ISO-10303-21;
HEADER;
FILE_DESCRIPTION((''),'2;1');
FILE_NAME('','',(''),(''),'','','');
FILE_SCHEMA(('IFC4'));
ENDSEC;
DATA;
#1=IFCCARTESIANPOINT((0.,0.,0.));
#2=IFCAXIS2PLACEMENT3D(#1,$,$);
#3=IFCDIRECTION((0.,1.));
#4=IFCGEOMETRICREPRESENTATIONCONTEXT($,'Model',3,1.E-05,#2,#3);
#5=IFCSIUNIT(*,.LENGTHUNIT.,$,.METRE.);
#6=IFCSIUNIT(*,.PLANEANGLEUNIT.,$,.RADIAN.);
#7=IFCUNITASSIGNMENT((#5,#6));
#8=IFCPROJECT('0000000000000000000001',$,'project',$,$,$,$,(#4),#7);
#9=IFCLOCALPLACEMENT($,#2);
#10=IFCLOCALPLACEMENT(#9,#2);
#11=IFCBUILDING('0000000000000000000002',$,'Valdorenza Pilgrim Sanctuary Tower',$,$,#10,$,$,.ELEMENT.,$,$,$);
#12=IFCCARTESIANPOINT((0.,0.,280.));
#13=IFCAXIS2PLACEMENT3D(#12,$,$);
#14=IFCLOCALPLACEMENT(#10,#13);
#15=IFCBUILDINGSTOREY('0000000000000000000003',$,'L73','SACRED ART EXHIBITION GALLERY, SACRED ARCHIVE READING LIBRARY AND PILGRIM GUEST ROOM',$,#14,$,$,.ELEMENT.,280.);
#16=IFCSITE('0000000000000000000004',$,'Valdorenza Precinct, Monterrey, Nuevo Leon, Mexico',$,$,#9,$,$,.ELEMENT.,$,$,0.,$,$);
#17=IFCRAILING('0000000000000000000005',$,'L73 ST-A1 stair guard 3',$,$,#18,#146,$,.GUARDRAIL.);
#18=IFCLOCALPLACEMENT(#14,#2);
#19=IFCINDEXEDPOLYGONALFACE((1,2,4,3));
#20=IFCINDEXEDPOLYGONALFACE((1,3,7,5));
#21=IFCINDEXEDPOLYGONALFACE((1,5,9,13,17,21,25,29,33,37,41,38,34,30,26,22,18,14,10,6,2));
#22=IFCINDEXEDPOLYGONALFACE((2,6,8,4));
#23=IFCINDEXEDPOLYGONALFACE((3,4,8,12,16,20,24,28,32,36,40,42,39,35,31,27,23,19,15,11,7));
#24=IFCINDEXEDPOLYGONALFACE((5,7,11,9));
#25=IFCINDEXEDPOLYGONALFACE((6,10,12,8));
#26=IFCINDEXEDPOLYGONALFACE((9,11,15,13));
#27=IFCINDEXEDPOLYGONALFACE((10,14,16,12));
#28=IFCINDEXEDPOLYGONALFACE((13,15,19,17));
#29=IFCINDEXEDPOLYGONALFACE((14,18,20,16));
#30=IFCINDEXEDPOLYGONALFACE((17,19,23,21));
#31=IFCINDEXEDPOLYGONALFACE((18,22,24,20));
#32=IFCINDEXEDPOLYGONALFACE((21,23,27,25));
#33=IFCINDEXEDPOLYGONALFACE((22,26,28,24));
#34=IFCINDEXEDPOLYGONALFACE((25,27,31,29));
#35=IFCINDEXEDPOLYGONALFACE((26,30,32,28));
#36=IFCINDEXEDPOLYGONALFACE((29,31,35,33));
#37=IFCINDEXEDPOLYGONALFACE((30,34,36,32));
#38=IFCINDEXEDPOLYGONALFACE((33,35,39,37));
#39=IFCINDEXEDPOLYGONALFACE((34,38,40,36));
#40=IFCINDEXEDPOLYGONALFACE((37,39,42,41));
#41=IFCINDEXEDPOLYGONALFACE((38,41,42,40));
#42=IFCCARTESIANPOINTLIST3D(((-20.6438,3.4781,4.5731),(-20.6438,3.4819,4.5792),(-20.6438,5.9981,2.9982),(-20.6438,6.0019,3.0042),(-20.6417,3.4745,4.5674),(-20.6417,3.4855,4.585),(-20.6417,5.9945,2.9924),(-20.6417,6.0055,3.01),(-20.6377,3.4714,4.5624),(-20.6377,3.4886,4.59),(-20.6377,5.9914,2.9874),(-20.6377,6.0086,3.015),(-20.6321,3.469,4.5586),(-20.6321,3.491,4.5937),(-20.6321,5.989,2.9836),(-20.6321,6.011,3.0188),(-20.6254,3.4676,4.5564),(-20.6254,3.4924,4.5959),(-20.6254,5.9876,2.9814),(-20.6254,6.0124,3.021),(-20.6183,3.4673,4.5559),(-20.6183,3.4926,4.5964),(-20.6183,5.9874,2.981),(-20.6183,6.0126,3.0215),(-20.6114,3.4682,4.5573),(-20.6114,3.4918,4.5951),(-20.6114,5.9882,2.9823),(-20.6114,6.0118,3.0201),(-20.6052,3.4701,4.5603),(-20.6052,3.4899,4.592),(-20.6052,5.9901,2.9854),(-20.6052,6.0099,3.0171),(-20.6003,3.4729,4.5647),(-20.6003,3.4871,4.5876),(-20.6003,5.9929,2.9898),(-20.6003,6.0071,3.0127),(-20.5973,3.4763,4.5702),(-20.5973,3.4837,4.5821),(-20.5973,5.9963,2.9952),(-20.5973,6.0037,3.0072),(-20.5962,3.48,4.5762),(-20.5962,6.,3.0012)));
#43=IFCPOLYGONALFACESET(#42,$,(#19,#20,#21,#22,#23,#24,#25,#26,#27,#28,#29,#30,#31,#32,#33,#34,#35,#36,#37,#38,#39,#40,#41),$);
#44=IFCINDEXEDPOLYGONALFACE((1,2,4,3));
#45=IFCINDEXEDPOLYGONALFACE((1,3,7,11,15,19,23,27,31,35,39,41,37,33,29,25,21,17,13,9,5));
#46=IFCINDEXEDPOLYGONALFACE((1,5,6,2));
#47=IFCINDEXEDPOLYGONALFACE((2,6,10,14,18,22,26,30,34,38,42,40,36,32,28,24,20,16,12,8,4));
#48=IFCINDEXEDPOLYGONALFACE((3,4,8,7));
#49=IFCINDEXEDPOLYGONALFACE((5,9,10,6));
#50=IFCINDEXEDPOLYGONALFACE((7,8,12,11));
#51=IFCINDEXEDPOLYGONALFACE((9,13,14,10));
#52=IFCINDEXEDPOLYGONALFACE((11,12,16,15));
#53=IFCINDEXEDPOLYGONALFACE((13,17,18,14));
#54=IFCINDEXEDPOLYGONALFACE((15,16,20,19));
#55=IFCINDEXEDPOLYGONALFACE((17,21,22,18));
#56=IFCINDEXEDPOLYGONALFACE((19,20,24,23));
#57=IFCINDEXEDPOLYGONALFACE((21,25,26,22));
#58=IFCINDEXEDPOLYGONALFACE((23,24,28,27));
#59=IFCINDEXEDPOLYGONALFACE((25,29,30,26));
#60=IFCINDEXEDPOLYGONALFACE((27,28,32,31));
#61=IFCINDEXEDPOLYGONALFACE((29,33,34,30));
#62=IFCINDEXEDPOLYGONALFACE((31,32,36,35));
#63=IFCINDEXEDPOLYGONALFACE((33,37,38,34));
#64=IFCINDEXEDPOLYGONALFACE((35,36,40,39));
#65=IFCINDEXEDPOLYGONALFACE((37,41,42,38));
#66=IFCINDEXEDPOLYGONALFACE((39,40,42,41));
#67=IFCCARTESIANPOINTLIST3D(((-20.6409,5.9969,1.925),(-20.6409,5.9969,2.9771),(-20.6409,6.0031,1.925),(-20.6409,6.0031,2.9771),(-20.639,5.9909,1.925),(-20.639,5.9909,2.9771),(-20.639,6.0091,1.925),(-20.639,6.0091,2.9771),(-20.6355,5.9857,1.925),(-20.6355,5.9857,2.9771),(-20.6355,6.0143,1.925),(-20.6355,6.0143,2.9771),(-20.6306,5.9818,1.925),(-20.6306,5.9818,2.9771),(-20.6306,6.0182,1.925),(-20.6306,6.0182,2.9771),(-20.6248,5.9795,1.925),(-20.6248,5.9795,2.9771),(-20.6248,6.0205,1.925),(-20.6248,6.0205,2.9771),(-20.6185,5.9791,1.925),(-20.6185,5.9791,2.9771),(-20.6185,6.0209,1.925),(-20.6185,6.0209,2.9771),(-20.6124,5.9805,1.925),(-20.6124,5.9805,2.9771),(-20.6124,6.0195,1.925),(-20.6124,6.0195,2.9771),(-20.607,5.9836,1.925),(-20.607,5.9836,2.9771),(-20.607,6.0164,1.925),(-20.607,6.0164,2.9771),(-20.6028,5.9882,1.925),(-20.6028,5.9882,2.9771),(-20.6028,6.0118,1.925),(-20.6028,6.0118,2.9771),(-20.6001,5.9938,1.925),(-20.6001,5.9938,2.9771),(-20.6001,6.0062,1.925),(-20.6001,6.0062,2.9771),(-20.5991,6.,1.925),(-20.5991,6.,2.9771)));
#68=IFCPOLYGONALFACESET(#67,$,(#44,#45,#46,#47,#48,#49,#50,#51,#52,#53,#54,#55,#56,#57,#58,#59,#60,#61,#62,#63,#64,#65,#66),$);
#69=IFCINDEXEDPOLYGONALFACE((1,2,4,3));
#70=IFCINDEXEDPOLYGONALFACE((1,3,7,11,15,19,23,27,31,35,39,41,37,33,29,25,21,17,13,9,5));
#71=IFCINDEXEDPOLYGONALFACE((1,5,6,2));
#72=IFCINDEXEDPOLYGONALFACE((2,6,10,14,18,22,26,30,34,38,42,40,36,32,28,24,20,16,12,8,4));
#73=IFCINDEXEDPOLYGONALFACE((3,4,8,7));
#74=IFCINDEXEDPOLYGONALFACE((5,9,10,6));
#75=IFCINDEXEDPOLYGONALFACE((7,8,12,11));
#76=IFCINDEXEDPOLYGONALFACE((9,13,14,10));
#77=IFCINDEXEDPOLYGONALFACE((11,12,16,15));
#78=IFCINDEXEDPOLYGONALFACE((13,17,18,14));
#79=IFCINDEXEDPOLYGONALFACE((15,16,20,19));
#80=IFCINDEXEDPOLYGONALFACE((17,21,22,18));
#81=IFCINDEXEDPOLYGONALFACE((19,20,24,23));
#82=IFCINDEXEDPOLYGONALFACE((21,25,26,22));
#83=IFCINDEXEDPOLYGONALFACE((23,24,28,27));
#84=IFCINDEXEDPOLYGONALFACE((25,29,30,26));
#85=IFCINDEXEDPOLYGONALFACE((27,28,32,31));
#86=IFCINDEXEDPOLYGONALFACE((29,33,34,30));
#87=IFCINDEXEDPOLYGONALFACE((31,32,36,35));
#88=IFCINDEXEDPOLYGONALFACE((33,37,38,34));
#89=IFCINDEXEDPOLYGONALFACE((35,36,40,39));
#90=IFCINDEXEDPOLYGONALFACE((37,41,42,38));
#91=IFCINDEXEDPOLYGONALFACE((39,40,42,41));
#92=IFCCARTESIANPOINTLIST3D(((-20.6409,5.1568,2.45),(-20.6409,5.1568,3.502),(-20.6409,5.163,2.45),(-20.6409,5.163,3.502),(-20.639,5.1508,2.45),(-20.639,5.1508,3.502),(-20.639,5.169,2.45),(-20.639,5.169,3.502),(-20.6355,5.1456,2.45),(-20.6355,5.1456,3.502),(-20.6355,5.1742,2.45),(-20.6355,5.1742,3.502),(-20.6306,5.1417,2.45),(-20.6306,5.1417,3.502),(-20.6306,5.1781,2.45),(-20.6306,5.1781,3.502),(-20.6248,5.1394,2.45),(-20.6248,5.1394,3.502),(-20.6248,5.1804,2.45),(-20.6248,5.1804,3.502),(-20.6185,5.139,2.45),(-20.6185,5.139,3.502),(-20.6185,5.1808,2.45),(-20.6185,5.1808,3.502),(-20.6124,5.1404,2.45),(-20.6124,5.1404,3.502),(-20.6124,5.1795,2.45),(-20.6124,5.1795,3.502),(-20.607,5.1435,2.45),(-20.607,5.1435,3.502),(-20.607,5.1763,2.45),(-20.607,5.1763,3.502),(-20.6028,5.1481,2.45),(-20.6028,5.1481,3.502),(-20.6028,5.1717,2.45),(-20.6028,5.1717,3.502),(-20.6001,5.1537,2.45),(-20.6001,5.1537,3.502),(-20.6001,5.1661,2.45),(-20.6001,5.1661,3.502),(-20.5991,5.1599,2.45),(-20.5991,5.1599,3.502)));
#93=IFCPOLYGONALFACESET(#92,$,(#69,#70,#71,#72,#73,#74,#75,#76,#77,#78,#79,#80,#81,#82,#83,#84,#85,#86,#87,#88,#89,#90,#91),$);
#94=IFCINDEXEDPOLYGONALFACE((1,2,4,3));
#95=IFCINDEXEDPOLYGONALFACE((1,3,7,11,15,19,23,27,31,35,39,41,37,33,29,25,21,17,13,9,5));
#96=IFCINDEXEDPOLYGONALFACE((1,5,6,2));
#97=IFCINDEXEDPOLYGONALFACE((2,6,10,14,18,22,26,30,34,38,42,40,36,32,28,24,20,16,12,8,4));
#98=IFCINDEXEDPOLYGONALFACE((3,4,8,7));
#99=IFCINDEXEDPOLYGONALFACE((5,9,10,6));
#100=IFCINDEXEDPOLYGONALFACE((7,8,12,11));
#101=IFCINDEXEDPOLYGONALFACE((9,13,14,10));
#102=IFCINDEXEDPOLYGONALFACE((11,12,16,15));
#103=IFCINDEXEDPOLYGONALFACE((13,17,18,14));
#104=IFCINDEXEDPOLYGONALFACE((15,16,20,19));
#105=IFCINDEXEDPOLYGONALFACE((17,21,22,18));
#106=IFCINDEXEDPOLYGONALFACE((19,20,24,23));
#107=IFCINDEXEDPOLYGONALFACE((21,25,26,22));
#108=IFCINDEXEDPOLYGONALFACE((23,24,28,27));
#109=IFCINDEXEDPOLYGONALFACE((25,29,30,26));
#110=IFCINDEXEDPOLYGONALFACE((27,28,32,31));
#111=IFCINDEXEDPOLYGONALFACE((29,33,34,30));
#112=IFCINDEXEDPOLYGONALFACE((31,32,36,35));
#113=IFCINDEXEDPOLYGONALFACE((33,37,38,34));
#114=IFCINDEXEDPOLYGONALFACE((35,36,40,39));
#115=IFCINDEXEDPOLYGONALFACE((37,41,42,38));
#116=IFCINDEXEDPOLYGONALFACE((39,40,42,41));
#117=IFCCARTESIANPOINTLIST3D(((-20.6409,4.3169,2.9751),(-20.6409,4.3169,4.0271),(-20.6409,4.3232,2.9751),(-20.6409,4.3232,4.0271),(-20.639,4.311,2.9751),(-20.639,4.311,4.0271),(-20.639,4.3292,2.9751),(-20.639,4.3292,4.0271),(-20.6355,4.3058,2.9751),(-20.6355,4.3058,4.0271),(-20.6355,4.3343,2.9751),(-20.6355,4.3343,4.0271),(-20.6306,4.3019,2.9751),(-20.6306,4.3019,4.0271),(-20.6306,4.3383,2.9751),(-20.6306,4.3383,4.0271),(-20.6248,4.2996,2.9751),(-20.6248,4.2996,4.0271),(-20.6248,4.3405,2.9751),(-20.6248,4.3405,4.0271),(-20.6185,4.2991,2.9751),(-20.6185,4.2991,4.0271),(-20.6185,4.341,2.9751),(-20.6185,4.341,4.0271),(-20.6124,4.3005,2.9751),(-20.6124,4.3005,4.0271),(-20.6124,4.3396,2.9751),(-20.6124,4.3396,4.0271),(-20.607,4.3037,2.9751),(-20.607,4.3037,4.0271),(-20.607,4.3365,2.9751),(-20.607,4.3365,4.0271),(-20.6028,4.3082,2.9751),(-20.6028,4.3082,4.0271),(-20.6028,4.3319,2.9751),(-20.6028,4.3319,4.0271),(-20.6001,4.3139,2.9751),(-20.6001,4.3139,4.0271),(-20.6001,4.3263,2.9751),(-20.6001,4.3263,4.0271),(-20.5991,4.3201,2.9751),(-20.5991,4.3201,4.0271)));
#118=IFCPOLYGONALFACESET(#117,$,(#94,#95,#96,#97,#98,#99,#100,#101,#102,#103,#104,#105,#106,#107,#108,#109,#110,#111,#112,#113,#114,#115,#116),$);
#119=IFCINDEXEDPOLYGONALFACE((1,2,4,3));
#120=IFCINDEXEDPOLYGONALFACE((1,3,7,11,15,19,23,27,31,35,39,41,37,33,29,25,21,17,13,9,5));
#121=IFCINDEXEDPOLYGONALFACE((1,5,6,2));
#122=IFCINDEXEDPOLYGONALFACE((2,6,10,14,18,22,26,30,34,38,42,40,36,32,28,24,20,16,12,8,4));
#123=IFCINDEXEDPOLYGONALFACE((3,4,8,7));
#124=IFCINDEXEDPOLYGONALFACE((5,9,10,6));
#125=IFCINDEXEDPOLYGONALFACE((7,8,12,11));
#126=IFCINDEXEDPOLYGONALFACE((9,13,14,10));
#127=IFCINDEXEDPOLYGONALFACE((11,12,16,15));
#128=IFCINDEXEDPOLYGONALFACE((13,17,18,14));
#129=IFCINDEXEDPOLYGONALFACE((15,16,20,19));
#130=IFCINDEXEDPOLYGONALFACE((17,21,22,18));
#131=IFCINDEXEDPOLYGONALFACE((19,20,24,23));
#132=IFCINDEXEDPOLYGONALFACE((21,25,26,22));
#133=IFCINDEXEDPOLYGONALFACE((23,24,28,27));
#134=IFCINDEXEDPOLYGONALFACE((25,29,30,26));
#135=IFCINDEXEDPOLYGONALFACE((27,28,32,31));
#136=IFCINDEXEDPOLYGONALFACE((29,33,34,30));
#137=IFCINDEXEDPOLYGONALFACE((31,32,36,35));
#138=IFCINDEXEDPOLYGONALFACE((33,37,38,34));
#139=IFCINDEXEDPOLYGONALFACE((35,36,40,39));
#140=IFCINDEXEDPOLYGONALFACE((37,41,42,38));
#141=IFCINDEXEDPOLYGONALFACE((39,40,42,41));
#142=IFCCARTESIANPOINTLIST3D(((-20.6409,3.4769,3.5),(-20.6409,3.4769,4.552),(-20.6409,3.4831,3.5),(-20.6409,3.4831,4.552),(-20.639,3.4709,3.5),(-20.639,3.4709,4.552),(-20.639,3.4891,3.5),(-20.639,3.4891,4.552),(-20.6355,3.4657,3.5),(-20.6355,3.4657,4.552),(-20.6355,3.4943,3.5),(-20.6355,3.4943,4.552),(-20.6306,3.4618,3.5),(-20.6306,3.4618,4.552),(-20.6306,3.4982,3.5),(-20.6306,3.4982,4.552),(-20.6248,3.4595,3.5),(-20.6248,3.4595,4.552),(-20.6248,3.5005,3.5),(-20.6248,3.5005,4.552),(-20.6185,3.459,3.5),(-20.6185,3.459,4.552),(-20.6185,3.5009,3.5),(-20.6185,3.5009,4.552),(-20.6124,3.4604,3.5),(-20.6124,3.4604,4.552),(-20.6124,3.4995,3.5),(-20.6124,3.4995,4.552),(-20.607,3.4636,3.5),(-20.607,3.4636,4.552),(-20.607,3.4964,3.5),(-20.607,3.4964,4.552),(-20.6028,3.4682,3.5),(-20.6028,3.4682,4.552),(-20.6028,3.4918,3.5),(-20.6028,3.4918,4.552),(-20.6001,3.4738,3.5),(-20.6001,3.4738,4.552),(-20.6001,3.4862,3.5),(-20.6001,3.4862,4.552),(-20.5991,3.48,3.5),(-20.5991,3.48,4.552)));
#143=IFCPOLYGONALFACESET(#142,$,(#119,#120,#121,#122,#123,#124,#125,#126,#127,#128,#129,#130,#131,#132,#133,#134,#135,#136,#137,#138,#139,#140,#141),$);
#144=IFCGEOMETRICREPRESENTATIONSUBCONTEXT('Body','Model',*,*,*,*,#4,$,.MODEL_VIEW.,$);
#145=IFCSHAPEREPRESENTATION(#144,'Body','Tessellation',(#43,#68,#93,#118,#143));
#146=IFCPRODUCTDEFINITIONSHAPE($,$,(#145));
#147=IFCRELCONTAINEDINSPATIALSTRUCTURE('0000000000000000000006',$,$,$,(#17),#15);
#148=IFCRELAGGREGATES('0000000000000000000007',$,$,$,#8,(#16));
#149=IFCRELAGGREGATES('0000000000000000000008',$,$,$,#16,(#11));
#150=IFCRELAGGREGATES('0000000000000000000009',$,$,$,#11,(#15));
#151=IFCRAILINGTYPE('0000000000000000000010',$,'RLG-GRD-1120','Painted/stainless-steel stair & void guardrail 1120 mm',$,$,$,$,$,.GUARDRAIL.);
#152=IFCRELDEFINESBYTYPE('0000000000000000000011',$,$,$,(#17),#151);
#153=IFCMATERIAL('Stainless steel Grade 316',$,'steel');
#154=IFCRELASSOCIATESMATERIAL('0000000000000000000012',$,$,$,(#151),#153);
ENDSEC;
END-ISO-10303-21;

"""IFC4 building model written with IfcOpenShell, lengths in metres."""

from ifc_helpers import new_model, si_unit, direction, frame, origin, origin_2d, place, context, subcontext, project, spatial, circle, extrude, material, type_object, element, save


model = new_model("IFC4")

# Units and contexts
model_context = context("Model", 3, precision=1e-05, world=origin(), true_north=direction((0.0, 1.0)))
body_context = subcontext(model_context, "Body", "Model", "MODEL_VIEW")
ifc_project = project(units=[si_unit("LENGTHUNIT", "METRE"), si_unit("PLANEANGLEUNIT", "RADIAN")], contexts=[model_context])

# Site, building, storey
site_placement = place(None, origin())
site = spatial("IfcSite", under=ifc_project, at=site_placement, Name="Valdorenza Precinct, Monterrey, Nuevo Leon, Mexico", CompositionType="ELEMENT", RefElevation=0.0)
building_placement = place(site_placement, origin())
building = spatial("IfcBuilding", under=site, at=building_placement, Name="Valdorenza Pilgrim Sanctuary Tower", CompositionType="ELEMENT")
storey_placement = place(building_placement, frame((0.0, 0.0, 280.0)))
storey = spatial("IfcBuildingStorey", under=building, at=storey_placement, Name="L73", Description="SACRED ART EXHIBITION GALLERY, SACRED ARCHIVE READING LIBRARY AND PILGRIM GUEST ROOM", CompositionType="ELEMENT", Elevation=280.0)

# Railing
ifc_material_1 = material(Name="Stainless steel Grade 316", Category="steel")
railing_type_1 = type_object("IfcRailingType", Name="RLG-GRD-1120", Description="Painted/stainless-steel stair & void guardrail 1120 mm", PredefinedType="GUARDRAIL", material=ifc_material_1)
railing_1_placement = place(storey_placement, frame((-20.6201, 6.0, 1.925)))
element("IfcRailing", 1, at=railing_1_placement, inside=storey, type_object=railing_type_1, Name="L73 ST-A1 stair guard 3", PredefinedType="GUARDRAIL", context=body_context, shape_type="SweptSolid", body=[
    extrude(circle(Radius=0.0239, at=origin_2d()), frame((0.0, 0.0, 1.0762), z_axis=(0.0, -0.848008, 0.529984), x_axis=(1.0, 0.0, 0.0)), (0.0, 0.0, 1.0), 2.9717),
    extrude(circle(Radius=0.021, at=origin_2d()), origin(), (0.0, 0.0, 1.0), 1.052),
    extrude(circle(Radius=0.021, at=origin_2d()), frame((0.0, -0.8401, 0.5249)), (0.0, 0.0, 1.0), 1.052),
    extrude(circle(Radius=0.021, at=origin_2d()), frame((0.0, -1.6799, 1.05)), (0.0, 0.0, 1.0), 1.052),
    extrude(circle(Radius=0.021, at=origin_2d()), frame((0.0, -2.52, 1.575)), (0.0, 0.0, 1.0), 1.052),
])

save(model, "model.ifc")
